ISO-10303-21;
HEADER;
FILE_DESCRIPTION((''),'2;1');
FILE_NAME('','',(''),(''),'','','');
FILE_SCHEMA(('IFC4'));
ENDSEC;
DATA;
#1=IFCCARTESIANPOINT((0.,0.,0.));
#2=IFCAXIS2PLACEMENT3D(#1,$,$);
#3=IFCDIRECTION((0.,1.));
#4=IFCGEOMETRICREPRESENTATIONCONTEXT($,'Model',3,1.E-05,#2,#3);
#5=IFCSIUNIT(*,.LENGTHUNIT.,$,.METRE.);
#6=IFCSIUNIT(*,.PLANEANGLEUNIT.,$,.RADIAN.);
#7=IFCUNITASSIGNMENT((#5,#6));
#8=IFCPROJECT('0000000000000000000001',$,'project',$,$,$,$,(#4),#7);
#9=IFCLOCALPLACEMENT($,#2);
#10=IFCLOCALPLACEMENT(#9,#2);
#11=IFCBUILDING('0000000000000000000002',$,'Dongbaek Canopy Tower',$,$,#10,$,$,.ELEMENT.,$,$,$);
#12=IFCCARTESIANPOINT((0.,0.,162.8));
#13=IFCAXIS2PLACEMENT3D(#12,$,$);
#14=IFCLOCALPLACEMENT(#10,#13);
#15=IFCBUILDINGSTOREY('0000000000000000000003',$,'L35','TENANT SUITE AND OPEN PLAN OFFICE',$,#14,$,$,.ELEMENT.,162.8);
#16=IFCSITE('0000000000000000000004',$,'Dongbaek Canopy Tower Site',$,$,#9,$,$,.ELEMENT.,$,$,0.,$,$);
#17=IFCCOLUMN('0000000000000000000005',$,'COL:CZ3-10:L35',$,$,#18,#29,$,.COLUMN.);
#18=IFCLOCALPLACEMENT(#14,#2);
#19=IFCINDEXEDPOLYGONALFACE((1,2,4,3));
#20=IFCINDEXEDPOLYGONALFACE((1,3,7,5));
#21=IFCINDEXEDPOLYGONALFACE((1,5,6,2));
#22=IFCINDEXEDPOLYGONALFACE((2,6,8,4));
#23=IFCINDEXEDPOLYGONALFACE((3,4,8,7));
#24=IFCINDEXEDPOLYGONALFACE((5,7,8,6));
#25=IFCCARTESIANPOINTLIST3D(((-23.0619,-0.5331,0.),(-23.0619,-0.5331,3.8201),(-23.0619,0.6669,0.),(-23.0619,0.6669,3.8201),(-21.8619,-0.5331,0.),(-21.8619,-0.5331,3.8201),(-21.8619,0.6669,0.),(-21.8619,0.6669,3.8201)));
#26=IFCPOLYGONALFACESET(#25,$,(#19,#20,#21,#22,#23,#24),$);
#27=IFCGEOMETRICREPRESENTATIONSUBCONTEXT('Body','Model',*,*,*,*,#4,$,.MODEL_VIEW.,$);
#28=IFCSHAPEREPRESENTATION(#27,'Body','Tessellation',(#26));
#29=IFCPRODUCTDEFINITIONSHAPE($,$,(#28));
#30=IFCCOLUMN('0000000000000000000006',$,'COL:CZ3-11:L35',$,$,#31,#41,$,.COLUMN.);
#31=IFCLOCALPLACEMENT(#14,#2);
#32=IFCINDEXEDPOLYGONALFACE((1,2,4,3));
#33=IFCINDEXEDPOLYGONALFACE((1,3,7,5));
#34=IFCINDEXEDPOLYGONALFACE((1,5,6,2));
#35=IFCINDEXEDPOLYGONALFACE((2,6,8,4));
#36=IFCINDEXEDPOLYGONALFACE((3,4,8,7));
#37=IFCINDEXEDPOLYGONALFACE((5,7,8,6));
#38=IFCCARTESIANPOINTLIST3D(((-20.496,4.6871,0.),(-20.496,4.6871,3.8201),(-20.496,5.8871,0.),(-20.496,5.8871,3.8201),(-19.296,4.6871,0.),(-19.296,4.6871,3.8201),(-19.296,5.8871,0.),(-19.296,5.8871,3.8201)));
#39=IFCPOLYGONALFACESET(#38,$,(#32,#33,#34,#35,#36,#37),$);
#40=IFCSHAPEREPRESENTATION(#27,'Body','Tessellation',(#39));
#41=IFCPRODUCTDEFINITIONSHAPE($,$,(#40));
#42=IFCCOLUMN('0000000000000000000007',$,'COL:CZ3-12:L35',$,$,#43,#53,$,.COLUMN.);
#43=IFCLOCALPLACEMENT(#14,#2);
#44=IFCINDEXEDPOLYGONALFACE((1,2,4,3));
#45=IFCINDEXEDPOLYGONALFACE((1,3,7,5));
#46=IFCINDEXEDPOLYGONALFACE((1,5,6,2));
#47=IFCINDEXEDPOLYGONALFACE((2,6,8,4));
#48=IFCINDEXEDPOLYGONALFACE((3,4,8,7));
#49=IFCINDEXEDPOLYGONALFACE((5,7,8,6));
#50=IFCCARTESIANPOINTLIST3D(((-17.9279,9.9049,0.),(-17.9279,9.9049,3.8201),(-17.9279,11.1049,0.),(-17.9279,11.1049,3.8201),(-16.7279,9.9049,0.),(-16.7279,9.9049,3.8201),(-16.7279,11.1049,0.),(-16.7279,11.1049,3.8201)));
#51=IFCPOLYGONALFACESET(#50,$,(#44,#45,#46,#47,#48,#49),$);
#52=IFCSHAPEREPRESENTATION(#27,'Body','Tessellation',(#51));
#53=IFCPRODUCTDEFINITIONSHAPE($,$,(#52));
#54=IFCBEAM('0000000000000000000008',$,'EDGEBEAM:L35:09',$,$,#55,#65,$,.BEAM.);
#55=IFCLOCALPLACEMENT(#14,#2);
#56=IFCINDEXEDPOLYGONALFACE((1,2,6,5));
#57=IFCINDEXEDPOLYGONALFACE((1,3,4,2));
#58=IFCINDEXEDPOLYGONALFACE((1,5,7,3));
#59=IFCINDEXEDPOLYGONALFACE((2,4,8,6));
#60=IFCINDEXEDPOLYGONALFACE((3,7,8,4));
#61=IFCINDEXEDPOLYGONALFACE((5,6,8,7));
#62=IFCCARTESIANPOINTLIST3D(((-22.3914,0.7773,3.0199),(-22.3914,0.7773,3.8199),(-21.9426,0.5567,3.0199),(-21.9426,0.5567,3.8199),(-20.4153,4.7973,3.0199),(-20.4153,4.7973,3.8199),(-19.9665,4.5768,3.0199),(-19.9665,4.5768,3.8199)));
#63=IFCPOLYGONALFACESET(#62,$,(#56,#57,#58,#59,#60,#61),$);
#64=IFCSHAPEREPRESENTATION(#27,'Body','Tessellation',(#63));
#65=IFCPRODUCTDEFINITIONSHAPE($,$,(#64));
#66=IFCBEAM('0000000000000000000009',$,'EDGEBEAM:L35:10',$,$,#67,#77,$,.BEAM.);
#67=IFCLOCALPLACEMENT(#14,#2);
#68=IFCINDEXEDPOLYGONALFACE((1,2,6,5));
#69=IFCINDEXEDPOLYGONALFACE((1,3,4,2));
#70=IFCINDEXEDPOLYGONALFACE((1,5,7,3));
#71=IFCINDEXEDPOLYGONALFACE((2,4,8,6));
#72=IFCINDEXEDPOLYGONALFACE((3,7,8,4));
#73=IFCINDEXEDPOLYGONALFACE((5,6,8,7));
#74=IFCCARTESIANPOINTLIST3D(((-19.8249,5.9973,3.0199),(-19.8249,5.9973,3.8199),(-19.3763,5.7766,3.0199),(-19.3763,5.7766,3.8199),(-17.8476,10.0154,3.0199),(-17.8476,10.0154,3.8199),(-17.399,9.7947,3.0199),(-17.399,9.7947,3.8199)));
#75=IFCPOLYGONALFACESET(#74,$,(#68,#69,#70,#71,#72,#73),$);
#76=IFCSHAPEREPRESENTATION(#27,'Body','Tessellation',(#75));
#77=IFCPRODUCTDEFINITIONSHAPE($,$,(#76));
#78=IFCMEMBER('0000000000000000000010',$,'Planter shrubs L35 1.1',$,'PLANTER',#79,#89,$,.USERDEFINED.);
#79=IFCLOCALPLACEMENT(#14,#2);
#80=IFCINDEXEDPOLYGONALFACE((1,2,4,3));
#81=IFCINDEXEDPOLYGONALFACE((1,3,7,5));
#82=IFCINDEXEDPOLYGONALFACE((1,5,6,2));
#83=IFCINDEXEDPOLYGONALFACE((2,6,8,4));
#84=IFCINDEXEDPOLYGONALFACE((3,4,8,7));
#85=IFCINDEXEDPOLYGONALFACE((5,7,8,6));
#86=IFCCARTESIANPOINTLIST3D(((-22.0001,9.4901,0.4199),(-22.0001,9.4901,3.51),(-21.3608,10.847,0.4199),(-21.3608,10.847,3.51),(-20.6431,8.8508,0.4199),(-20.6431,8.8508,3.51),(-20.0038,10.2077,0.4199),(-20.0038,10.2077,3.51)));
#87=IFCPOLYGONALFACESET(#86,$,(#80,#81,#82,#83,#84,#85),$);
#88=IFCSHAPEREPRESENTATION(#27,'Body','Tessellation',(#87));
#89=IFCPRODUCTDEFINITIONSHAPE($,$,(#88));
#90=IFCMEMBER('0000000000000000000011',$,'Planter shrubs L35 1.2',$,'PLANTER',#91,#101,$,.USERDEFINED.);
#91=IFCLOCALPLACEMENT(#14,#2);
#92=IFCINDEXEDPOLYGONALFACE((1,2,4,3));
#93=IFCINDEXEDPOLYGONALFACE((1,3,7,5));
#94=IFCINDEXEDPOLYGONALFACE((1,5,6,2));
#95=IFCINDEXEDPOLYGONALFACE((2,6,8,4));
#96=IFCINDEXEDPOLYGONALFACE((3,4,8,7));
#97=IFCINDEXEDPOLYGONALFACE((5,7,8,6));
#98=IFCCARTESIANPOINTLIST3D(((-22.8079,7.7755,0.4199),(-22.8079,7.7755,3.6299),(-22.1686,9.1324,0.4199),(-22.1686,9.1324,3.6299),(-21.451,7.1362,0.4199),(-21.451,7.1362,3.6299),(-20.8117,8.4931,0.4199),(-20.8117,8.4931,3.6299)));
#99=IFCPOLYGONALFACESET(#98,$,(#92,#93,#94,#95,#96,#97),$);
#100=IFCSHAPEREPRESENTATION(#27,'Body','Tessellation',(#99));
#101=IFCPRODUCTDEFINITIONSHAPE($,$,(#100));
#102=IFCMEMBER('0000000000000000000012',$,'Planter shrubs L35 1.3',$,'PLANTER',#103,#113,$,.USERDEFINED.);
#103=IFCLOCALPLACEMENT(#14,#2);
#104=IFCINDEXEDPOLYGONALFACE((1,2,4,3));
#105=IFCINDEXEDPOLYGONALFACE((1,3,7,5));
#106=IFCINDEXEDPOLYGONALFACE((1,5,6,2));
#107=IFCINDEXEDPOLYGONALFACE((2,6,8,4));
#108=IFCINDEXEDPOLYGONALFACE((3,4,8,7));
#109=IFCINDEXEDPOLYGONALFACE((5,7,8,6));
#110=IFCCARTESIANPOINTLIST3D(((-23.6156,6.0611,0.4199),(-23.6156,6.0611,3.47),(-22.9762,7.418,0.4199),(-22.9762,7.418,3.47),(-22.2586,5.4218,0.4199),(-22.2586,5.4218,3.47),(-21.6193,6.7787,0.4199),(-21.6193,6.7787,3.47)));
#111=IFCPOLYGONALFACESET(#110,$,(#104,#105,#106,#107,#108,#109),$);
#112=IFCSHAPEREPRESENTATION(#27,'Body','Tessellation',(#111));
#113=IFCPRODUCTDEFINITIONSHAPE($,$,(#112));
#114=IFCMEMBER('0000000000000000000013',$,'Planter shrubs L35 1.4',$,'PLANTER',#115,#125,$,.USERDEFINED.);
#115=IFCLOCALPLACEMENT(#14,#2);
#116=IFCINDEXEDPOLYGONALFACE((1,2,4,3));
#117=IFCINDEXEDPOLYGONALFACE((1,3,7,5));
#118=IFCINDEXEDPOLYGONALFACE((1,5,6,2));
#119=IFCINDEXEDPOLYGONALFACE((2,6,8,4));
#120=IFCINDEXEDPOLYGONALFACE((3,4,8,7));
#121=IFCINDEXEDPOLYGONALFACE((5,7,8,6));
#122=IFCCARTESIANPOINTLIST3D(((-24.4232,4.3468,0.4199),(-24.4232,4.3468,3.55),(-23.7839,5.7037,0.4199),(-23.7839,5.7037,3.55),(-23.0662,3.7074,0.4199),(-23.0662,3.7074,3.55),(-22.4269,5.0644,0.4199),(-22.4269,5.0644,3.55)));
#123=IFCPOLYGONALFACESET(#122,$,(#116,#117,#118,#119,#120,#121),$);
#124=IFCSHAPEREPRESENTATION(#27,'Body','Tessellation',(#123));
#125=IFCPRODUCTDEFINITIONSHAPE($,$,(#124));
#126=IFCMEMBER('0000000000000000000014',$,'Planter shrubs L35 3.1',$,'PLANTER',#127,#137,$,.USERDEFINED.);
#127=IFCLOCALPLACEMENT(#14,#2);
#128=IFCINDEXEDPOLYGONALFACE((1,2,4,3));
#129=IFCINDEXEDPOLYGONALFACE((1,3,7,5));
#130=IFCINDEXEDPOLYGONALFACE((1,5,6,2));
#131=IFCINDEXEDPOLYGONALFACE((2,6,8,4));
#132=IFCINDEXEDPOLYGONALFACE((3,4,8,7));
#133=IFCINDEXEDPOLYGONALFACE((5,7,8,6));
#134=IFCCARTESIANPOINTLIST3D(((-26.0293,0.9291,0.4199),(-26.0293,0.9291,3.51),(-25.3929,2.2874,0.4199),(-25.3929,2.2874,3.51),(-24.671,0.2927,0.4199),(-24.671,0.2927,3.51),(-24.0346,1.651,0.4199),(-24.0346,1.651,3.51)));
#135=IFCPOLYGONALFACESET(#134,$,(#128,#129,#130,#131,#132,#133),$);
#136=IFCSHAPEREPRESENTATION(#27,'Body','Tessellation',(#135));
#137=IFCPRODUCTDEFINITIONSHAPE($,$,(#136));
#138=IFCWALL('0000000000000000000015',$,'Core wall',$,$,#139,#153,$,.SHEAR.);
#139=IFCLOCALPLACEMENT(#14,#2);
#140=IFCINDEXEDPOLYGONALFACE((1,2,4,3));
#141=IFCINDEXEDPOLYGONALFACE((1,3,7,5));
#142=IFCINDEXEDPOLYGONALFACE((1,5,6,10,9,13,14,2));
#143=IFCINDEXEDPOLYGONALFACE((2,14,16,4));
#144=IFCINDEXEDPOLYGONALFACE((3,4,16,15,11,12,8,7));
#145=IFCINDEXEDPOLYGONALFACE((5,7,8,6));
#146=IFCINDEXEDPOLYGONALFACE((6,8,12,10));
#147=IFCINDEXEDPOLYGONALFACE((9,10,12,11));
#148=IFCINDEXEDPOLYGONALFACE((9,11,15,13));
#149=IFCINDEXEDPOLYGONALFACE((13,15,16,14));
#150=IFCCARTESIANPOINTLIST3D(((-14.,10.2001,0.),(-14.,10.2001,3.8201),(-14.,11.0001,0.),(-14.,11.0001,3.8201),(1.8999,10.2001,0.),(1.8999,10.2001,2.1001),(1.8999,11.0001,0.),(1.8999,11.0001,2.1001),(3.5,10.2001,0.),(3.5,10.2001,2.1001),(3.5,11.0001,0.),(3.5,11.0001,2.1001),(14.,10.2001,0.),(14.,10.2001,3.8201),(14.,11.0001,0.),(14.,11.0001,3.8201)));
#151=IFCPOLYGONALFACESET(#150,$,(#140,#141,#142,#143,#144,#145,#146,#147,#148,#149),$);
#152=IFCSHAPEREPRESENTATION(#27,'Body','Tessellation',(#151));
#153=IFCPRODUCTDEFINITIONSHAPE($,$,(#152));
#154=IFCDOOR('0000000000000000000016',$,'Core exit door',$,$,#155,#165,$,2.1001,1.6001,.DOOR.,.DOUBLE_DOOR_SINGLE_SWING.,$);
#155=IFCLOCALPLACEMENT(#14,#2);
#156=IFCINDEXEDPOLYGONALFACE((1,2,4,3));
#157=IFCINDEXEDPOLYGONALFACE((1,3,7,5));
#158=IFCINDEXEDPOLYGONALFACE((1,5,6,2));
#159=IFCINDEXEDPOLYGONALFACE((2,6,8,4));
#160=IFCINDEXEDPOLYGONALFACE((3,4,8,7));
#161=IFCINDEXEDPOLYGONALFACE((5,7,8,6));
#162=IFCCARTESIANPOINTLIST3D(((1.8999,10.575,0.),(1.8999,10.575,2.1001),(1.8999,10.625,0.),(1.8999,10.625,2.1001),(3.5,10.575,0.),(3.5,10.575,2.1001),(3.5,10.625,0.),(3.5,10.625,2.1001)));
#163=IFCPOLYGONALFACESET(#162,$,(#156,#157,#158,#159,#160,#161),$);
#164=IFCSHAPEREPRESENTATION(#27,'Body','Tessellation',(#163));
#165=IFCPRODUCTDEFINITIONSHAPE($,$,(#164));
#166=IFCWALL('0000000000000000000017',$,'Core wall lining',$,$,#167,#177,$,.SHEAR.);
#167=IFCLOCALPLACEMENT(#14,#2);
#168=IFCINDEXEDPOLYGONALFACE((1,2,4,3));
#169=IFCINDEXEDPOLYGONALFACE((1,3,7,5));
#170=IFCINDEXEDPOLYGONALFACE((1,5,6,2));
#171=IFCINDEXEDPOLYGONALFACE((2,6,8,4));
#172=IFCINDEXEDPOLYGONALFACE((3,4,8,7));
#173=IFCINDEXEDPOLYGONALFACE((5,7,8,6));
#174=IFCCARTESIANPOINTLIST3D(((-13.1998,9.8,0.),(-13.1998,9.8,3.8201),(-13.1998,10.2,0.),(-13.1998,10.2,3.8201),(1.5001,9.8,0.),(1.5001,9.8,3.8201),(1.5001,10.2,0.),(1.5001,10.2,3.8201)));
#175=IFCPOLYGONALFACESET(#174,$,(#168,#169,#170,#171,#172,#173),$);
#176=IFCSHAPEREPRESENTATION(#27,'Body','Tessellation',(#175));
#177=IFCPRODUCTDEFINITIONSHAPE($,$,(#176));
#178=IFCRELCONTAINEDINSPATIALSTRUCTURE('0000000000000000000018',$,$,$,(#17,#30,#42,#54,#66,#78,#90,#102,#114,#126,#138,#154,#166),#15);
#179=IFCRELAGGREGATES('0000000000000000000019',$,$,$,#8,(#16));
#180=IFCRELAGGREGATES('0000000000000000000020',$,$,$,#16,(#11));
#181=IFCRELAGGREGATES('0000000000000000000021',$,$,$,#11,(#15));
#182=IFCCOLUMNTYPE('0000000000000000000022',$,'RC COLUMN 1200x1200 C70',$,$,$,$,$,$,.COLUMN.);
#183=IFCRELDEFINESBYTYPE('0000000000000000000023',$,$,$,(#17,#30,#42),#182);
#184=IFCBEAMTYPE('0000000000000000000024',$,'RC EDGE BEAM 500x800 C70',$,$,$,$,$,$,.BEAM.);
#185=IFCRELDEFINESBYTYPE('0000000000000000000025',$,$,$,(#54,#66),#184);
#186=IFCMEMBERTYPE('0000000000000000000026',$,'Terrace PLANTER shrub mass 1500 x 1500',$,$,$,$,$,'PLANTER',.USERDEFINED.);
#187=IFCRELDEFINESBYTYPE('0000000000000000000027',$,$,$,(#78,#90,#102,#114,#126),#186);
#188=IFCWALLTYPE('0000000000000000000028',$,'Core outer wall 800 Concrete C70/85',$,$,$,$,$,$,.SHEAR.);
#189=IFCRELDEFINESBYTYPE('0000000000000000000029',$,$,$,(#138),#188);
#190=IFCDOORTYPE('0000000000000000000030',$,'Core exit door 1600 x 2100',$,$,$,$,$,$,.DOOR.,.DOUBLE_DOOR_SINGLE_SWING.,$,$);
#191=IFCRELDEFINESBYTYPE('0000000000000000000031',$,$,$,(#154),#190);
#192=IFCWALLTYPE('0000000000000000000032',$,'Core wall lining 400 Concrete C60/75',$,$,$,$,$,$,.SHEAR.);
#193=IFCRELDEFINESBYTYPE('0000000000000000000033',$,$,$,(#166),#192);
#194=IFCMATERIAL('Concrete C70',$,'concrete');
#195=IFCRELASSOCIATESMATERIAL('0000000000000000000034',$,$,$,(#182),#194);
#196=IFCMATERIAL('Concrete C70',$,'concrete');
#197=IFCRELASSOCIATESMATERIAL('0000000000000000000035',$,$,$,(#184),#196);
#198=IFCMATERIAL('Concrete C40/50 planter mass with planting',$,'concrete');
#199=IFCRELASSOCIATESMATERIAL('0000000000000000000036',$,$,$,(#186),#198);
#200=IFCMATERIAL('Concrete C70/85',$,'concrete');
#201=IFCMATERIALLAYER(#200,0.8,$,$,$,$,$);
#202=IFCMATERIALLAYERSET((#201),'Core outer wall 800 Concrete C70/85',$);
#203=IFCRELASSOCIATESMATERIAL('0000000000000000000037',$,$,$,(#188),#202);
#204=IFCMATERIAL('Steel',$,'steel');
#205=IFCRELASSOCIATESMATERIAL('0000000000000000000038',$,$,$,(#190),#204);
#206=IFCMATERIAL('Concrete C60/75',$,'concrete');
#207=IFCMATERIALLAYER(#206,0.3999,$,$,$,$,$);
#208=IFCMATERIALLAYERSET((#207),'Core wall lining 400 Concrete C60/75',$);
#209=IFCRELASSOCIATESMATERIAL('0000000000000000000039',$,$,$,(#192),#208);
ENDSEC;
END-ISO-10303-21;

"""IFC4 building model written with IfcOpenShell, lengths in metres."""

from ifc_helpers import new_model, si_unit, direction, frame, frame_2d, origin, origin_2d, place, context, subcontext, project, spatial, rectangle, extrude, material, layer, layer_set, material_profile, profile_set, type_object, element, fill, save


model = new_model("IFC4")

# Units and contexts
model_context = context("Model", 3, precision=1e-05, world=origin(), true_north=direction((0.0, 1.0)))
body_context = subcontext(model_context, "Body", "Model", "MODEL_VIEW")
ifc_project = project(units=[si_unit("LENGTHUNIT", "METRE"), si_unit("PLANEANGLEUNIT", "RADIAN")], contexts=[model_context])

# Site, building, storey
site_placement = place(None, origin())
site = spatial("IfcSite", under=ifc_project, at=site_placement, Name="Dongbaek Canopy Tower Site", CompositionType="ELEMENT", RefElevation=0.0)
building_placement = place(site_placement, origin())
building = spatial("IfcBuilding", under=site, at=building_placement, Name="Dongbaek Canopy Tower", CompositionType="ELEMENT")
storey_placement = place(building_placement, frame((0.0, 0.0, 162.8)))
storey = spatial("IfcBuildingStorey", under=building, at=storey_placement, Name="L35", Description="TENANT SUITE AND OPEN PLAN OFFICE", CompositionType="ELEMENT", Elevation=162.8)

# Columns
ifc_material_1 = material(Name="Concrete C70", Category="concrete")
ifc_material_profile_1 = material_profile(ifc_material_1, rectangle(XDim=1.2, YDim=1.2, at=origin_2d()), Name="RC COLUMN 1200x1200 C70")
ifc_profile_set_1 = profile_set([ifc_material_profile_1], Name="Concrete C70")
column_type = type_object("IfcColumnType", Name="RC COLUMN 1200x1200 C70", PredefinedType="COLUMN", material=ifc_profile_set_1)
for number, where, z_axis, x_axis, name in (
    (1, (-22.4619, 0.0669, 0.0), (0.0, 0.0, 1.0), (1.0, 0.0, 0.0), "COL:CZ3-10:L35"),
    (2, (-19.896, 5.2871, 0.0), (0.0, 0.0, 1.0), (1.0, 0.0, 0.0), "COL:CZ3-11:L35"),
    (3, (-17.3279, 10.5049, 0.0), (0.0, 0.0, 1.0), (1.0, 0.0, 0.0), "COL:CZ3-12:L35"),
):
    element("IfcColumn", number, at=place(storey_placement, frame(where, z_axis=z_axis, x_axis=x_axis)), inside=storey, type_object=column_type, Name=name, PredefinedType="COLUMN", context=body_context, shape_type="SweptSolid", body=[
        extrude(rectangle(XDim=1.2, YDim=1.2, at=origin_2d()), origin(), (0.0, 0.0, 1.0), 3.8201),
    ])

# Beams
ifc_material_2 = material(Name="Concrete C70", Category="concrete")
ifc_material_profile_2 = material_profile(ifc_material_2, rectangle(XDim=0.5, YDim=0.8, at=origin_2d()), Name="RC EDGE BEAM 500x800 C70")
ifc_profile_set_2 = profile_set([ifc_material_profile_2], Name="Concrete C70")
beam_type = type_object("IfcBeamType", Name="RC EDGE BEAM 500x800 C70", PredefinedType="BEAM", material=ifc_profile_set_2)
beam_1_placement = place(storey_placement, frame((-22.167, 0.667, 3.4199), z_axis=(0.441143, 0.897437, 0.0), x_axis=(-0.897437, 0.441143, 0.0)))
element("IfcBeam", 4, at=beam_1_placement, inside=storey, type_object=beam_type, Name="EDGEBEAM:L35:09", PredefinedType="BEAM", context=body_context, shape_type="SweptSolid", body=[
    extrude(rectangle(XDim=0.5, YDim=0.8, at=origin_2d()), origin(), (0.0, 0.0, 1.0), 4.4795),
])
beam_2_placement = place(storey_placement, frame((-19.6006, 5.887, 3.4199), z_axis=(0.441535, 0.897244, 0.0), x_axis=(-0.897244, 0.441535, 0.0)))
element("IfcBeam", 5, at=beam_2_placement, inside=storey, type_object=beam_type, Name="EDGEBEAM:L35:10", PredefinedType="BEAM", context=body_context, shape_type="SweptSolid", body=[
    extrude(rectangle(XDim=0.5, YDim=0.8, at=origin_2d()), origin(), (0.0, 0.0, 1.0), 4.4783),
])

# Members
ifc_material_3 = material(Name="Concrete C40/50 planter mass with planting", Category="concrete")
ifc_material_profile_3 = material_profile(ifc_material_3, rectangle(XDim=1.5, YDim=1.5, at=origin_2d()), Name="Terrace PLANTER shrub mass 1500 x 1500")
ifc_profile_set_3 = profile_set([ifc_material_profile_3], Name="Concrete C40/50 planter mass with planting")
member_type = type_object("IfcMemberType", Name="Terrace PLANTER shrub mass 1500 x 1500", ElementType="PLANTER", PredefinedType="USERDEFINED", material=ifc_profile_set_3)
member_1_placement = place(storey_placement, frame((-21.002, 9.8489, 0.4199), z_axis=(0.0, 0.0, 1.0), x_axis=(-0.904626, 0.426207, 0.0)))
element("IfcMember", 6, at=member_1_placement, inside=storey, type_object=member_type, Name="Planter shrubs L35 1.1", ObjectType="PLANTER", PredefinedType="USERDEFINED", context=body_context, shape_type="SweptSolid", body=[
    extrude(rectangle(XDim=1.5, YDim=1.5, at=origin_2d()), origin(), (0.0, 0.0, 1.0), 3.0901),
])
member_2_placement = place(storey_placement, frame((-21.8098, 8.1343, 0.4199), z_axis=(0.0, 0.0, 1.0), x_axis=(-0.904626, 0.426207, 0.0)))
element("IfcMember", 7, at=member_2_placement, inside=storey, type_object=member_type, Name="Planter shrubs L35 1.2", ObjectType="PLANTER", PredefinedType="USERDEFINED", context=body_context, shape_type="SweptSolid", body=[
    extrude(rectangle(XDim=1.5, YDim=1.5, at=origin_2d()), origin(), (0.0, 0.0, 1.0), 3.21),
])
member_3_placement = place(storey_placement, frame((-22.6174, 6.4199, 0.4199), z_axis=(0.0, 0.0, 1.0), x_axis=(-0.904626, 0.426207, 0.0)))
element("IfcMember", 8, at=member_3_placement, inside=storey, type_object=member_type, Name="Planter shrubs L35 1.3", ObjectType="PLANTER", PredefinedType="USERDEFINED", context=body_context, shape_type="SweptSolid", body=[
    extrude(rectangle(XDim=1.5, YDim=1.5, at=origin_2d()), origin(), (0.0, 0.0, 1.0), 3.05),
])
member_4_placement = place(storey_placement, frame((-23.425, 4.7056, 0.4199), z_axis=(0.0, 0.0, 1.0), x_axis=(-0.904626, 0.426207, 0.0)))
element("IfcMember", 9, at=member_4_placement, inside=storey, type_object=member_type, Name="Planter shrubs L35 1.4", ObjectType="PLANTER", PredefinedType="USERDEFINED", context=body_context, shape_type="SweptSolid", body=[
    extrude(rectangle(XDim=1.5, YDim=1.5, at=origin_2d()), origin(), (0.0, 0.0, 1.0), 3.1301),
])
member_5_placement = place(storey_placement, frame((-25.032, 1.29, 0.4199), z_axis=(0.0, 0.0, 1.0), x_axis=(-0.905534, 0.424273, 0.0)))
element("IfcMember", 10, at=member_5_placement, inside=storey, type_object=member_type, Name="Planter shrubs L35 3.1", ObjectType="PLANTER", PredefinedType="USERDEFINED", context=body_context, shape_type="SweptSolid", body=[
    extrude(rectangle(XDim=1.5, YDim=1.5, at=origin_2d()), origin(), (0.0, 0.0, 1.0), 3.0901),
])

# Wall, opening, door
ifc_material_4 = material(Name="Concrete C70/85", Category="concrete")
ifc_layer_1 = layer(ifc_material_4, 0.8)
ifc_layer_set_1 = layer_set([ifc_layer_1], Name="Core outer wall 800 Concrete C70/85")
wall_type_1 = type_object("IfcWallType", Name="Core outer wall 800 Concrete C70/85", PredefinedType="SHEAR", material=ifc_layer_set_1)
wall_1_placement = place(storey_placement, frame((-14.0, 10.6001, 0.0), z_axis=(0.0, 0.0, 1.0), x_axis=(1.0, 0.0, 0.0)))
wall_1 = element("IfcWall", 11, at=wall_1_placement, inside=storey, type_object=wall_type_1, Name="Core wall", PredefinedType="SHEAR", context=body_context, shape_type="SweptSolid", body=[
    extrude(rectangle(XDim=28.0, YDim=0.8, at=frame_2d((14.0, 0.0))), origin(), (0.0, 0.0, 1.0), 3.8201),
])
opening_1_placement = place(wall_1_placement, frame((15.8999, 0.0, 0.0)))
opening_1 = element("IfcOpeningElement", 12, at=opening_1_placement, cuts=wall_1, PredefinedType="OPENING", context=body_context, shape_type="SweptSolid", body=[
    extrude(rectangle(XDim=1.6001, YDim=2.1001, at=frame_2d((0.8, 1.05))), frame((0.0, 0.4099, 0.0), z_axis=(0.0, -1.0, 0.0), x_axis=(1.0, 0.0, 0.0)), (0.0, 0.0, 1.0), 0.8201),
])
ifc_material_5 = material(Name="Steel", Category="steel")
door_type_1 = type_object("IfcDoorType", Name="Core exit door 1600 x 2100", OperationType="DOUBLE_DOOR_SINGLE_SWING", PredefinedType="DOOR", material=ifc_material_5)
door_1_placement = place(opening_1_placement, origin())
door_1 = element("IfcDoor", 13, at=door_1_placement, inside=storey, type_object=door_type_1, Name="Core exit door", OperationType="DOUBLE_DOOR_SINGLE_SWING", OverallHeight=2.1001, OverallWidth=1.6001, PredefinedType="DOOR", context=body_context, shape_type="SweptSolid", body=[
    extrude(rectangle(XDim=1.6001, YDim=2.1001, at=frame_2d((0.8, 1.05))), frame((0.0, 0.0249, 0.0), z_axis=(0.0, -1.0, 0.0), x_axis=(1.0, 0.0, 0.0)), (0.0, 0.0, 1.0), 0.05),
])
fill(opening_1, door_1)

# Wall
ifc_material_6 = material(Name="Concrete C60/75", Category="concrete")
ifc_layer_2 = layer(ifc_material_6, 0.3999)
ifc_layer_set_2 = layer_set([ifc_layer_2], Name="Core wall lining 400 Concrete C60/75")
wall_type_2 = type_object("IfcWallType", Name="Core wall lining 400 Concrete C60/75", PredefinedType="SHEAR", material=ifc_layer_set_2)
wall_2_placement = place(storey_placement, frame((-13.2, 10.0, 0.0), z_axis=(0.0, 0.0, 1.0), x_axis=(1.0, 0.0, 0.0)))
element("IfcWall", 14, at=wall_2_placement, inside=storey, type_object=wall_type_2, Name="Core wall lining", PredefinedType="SHEAR", context=body_context, shape_type="SweptSolid", body=[
    extrude(rectangle(XDim=14.7, YDim=0.3999, at=frame_2d((7.3501, 0.0))), origin(), (0.0, 0.0, 1.0), 3.8201),
])

save(model, "model.ifc")
